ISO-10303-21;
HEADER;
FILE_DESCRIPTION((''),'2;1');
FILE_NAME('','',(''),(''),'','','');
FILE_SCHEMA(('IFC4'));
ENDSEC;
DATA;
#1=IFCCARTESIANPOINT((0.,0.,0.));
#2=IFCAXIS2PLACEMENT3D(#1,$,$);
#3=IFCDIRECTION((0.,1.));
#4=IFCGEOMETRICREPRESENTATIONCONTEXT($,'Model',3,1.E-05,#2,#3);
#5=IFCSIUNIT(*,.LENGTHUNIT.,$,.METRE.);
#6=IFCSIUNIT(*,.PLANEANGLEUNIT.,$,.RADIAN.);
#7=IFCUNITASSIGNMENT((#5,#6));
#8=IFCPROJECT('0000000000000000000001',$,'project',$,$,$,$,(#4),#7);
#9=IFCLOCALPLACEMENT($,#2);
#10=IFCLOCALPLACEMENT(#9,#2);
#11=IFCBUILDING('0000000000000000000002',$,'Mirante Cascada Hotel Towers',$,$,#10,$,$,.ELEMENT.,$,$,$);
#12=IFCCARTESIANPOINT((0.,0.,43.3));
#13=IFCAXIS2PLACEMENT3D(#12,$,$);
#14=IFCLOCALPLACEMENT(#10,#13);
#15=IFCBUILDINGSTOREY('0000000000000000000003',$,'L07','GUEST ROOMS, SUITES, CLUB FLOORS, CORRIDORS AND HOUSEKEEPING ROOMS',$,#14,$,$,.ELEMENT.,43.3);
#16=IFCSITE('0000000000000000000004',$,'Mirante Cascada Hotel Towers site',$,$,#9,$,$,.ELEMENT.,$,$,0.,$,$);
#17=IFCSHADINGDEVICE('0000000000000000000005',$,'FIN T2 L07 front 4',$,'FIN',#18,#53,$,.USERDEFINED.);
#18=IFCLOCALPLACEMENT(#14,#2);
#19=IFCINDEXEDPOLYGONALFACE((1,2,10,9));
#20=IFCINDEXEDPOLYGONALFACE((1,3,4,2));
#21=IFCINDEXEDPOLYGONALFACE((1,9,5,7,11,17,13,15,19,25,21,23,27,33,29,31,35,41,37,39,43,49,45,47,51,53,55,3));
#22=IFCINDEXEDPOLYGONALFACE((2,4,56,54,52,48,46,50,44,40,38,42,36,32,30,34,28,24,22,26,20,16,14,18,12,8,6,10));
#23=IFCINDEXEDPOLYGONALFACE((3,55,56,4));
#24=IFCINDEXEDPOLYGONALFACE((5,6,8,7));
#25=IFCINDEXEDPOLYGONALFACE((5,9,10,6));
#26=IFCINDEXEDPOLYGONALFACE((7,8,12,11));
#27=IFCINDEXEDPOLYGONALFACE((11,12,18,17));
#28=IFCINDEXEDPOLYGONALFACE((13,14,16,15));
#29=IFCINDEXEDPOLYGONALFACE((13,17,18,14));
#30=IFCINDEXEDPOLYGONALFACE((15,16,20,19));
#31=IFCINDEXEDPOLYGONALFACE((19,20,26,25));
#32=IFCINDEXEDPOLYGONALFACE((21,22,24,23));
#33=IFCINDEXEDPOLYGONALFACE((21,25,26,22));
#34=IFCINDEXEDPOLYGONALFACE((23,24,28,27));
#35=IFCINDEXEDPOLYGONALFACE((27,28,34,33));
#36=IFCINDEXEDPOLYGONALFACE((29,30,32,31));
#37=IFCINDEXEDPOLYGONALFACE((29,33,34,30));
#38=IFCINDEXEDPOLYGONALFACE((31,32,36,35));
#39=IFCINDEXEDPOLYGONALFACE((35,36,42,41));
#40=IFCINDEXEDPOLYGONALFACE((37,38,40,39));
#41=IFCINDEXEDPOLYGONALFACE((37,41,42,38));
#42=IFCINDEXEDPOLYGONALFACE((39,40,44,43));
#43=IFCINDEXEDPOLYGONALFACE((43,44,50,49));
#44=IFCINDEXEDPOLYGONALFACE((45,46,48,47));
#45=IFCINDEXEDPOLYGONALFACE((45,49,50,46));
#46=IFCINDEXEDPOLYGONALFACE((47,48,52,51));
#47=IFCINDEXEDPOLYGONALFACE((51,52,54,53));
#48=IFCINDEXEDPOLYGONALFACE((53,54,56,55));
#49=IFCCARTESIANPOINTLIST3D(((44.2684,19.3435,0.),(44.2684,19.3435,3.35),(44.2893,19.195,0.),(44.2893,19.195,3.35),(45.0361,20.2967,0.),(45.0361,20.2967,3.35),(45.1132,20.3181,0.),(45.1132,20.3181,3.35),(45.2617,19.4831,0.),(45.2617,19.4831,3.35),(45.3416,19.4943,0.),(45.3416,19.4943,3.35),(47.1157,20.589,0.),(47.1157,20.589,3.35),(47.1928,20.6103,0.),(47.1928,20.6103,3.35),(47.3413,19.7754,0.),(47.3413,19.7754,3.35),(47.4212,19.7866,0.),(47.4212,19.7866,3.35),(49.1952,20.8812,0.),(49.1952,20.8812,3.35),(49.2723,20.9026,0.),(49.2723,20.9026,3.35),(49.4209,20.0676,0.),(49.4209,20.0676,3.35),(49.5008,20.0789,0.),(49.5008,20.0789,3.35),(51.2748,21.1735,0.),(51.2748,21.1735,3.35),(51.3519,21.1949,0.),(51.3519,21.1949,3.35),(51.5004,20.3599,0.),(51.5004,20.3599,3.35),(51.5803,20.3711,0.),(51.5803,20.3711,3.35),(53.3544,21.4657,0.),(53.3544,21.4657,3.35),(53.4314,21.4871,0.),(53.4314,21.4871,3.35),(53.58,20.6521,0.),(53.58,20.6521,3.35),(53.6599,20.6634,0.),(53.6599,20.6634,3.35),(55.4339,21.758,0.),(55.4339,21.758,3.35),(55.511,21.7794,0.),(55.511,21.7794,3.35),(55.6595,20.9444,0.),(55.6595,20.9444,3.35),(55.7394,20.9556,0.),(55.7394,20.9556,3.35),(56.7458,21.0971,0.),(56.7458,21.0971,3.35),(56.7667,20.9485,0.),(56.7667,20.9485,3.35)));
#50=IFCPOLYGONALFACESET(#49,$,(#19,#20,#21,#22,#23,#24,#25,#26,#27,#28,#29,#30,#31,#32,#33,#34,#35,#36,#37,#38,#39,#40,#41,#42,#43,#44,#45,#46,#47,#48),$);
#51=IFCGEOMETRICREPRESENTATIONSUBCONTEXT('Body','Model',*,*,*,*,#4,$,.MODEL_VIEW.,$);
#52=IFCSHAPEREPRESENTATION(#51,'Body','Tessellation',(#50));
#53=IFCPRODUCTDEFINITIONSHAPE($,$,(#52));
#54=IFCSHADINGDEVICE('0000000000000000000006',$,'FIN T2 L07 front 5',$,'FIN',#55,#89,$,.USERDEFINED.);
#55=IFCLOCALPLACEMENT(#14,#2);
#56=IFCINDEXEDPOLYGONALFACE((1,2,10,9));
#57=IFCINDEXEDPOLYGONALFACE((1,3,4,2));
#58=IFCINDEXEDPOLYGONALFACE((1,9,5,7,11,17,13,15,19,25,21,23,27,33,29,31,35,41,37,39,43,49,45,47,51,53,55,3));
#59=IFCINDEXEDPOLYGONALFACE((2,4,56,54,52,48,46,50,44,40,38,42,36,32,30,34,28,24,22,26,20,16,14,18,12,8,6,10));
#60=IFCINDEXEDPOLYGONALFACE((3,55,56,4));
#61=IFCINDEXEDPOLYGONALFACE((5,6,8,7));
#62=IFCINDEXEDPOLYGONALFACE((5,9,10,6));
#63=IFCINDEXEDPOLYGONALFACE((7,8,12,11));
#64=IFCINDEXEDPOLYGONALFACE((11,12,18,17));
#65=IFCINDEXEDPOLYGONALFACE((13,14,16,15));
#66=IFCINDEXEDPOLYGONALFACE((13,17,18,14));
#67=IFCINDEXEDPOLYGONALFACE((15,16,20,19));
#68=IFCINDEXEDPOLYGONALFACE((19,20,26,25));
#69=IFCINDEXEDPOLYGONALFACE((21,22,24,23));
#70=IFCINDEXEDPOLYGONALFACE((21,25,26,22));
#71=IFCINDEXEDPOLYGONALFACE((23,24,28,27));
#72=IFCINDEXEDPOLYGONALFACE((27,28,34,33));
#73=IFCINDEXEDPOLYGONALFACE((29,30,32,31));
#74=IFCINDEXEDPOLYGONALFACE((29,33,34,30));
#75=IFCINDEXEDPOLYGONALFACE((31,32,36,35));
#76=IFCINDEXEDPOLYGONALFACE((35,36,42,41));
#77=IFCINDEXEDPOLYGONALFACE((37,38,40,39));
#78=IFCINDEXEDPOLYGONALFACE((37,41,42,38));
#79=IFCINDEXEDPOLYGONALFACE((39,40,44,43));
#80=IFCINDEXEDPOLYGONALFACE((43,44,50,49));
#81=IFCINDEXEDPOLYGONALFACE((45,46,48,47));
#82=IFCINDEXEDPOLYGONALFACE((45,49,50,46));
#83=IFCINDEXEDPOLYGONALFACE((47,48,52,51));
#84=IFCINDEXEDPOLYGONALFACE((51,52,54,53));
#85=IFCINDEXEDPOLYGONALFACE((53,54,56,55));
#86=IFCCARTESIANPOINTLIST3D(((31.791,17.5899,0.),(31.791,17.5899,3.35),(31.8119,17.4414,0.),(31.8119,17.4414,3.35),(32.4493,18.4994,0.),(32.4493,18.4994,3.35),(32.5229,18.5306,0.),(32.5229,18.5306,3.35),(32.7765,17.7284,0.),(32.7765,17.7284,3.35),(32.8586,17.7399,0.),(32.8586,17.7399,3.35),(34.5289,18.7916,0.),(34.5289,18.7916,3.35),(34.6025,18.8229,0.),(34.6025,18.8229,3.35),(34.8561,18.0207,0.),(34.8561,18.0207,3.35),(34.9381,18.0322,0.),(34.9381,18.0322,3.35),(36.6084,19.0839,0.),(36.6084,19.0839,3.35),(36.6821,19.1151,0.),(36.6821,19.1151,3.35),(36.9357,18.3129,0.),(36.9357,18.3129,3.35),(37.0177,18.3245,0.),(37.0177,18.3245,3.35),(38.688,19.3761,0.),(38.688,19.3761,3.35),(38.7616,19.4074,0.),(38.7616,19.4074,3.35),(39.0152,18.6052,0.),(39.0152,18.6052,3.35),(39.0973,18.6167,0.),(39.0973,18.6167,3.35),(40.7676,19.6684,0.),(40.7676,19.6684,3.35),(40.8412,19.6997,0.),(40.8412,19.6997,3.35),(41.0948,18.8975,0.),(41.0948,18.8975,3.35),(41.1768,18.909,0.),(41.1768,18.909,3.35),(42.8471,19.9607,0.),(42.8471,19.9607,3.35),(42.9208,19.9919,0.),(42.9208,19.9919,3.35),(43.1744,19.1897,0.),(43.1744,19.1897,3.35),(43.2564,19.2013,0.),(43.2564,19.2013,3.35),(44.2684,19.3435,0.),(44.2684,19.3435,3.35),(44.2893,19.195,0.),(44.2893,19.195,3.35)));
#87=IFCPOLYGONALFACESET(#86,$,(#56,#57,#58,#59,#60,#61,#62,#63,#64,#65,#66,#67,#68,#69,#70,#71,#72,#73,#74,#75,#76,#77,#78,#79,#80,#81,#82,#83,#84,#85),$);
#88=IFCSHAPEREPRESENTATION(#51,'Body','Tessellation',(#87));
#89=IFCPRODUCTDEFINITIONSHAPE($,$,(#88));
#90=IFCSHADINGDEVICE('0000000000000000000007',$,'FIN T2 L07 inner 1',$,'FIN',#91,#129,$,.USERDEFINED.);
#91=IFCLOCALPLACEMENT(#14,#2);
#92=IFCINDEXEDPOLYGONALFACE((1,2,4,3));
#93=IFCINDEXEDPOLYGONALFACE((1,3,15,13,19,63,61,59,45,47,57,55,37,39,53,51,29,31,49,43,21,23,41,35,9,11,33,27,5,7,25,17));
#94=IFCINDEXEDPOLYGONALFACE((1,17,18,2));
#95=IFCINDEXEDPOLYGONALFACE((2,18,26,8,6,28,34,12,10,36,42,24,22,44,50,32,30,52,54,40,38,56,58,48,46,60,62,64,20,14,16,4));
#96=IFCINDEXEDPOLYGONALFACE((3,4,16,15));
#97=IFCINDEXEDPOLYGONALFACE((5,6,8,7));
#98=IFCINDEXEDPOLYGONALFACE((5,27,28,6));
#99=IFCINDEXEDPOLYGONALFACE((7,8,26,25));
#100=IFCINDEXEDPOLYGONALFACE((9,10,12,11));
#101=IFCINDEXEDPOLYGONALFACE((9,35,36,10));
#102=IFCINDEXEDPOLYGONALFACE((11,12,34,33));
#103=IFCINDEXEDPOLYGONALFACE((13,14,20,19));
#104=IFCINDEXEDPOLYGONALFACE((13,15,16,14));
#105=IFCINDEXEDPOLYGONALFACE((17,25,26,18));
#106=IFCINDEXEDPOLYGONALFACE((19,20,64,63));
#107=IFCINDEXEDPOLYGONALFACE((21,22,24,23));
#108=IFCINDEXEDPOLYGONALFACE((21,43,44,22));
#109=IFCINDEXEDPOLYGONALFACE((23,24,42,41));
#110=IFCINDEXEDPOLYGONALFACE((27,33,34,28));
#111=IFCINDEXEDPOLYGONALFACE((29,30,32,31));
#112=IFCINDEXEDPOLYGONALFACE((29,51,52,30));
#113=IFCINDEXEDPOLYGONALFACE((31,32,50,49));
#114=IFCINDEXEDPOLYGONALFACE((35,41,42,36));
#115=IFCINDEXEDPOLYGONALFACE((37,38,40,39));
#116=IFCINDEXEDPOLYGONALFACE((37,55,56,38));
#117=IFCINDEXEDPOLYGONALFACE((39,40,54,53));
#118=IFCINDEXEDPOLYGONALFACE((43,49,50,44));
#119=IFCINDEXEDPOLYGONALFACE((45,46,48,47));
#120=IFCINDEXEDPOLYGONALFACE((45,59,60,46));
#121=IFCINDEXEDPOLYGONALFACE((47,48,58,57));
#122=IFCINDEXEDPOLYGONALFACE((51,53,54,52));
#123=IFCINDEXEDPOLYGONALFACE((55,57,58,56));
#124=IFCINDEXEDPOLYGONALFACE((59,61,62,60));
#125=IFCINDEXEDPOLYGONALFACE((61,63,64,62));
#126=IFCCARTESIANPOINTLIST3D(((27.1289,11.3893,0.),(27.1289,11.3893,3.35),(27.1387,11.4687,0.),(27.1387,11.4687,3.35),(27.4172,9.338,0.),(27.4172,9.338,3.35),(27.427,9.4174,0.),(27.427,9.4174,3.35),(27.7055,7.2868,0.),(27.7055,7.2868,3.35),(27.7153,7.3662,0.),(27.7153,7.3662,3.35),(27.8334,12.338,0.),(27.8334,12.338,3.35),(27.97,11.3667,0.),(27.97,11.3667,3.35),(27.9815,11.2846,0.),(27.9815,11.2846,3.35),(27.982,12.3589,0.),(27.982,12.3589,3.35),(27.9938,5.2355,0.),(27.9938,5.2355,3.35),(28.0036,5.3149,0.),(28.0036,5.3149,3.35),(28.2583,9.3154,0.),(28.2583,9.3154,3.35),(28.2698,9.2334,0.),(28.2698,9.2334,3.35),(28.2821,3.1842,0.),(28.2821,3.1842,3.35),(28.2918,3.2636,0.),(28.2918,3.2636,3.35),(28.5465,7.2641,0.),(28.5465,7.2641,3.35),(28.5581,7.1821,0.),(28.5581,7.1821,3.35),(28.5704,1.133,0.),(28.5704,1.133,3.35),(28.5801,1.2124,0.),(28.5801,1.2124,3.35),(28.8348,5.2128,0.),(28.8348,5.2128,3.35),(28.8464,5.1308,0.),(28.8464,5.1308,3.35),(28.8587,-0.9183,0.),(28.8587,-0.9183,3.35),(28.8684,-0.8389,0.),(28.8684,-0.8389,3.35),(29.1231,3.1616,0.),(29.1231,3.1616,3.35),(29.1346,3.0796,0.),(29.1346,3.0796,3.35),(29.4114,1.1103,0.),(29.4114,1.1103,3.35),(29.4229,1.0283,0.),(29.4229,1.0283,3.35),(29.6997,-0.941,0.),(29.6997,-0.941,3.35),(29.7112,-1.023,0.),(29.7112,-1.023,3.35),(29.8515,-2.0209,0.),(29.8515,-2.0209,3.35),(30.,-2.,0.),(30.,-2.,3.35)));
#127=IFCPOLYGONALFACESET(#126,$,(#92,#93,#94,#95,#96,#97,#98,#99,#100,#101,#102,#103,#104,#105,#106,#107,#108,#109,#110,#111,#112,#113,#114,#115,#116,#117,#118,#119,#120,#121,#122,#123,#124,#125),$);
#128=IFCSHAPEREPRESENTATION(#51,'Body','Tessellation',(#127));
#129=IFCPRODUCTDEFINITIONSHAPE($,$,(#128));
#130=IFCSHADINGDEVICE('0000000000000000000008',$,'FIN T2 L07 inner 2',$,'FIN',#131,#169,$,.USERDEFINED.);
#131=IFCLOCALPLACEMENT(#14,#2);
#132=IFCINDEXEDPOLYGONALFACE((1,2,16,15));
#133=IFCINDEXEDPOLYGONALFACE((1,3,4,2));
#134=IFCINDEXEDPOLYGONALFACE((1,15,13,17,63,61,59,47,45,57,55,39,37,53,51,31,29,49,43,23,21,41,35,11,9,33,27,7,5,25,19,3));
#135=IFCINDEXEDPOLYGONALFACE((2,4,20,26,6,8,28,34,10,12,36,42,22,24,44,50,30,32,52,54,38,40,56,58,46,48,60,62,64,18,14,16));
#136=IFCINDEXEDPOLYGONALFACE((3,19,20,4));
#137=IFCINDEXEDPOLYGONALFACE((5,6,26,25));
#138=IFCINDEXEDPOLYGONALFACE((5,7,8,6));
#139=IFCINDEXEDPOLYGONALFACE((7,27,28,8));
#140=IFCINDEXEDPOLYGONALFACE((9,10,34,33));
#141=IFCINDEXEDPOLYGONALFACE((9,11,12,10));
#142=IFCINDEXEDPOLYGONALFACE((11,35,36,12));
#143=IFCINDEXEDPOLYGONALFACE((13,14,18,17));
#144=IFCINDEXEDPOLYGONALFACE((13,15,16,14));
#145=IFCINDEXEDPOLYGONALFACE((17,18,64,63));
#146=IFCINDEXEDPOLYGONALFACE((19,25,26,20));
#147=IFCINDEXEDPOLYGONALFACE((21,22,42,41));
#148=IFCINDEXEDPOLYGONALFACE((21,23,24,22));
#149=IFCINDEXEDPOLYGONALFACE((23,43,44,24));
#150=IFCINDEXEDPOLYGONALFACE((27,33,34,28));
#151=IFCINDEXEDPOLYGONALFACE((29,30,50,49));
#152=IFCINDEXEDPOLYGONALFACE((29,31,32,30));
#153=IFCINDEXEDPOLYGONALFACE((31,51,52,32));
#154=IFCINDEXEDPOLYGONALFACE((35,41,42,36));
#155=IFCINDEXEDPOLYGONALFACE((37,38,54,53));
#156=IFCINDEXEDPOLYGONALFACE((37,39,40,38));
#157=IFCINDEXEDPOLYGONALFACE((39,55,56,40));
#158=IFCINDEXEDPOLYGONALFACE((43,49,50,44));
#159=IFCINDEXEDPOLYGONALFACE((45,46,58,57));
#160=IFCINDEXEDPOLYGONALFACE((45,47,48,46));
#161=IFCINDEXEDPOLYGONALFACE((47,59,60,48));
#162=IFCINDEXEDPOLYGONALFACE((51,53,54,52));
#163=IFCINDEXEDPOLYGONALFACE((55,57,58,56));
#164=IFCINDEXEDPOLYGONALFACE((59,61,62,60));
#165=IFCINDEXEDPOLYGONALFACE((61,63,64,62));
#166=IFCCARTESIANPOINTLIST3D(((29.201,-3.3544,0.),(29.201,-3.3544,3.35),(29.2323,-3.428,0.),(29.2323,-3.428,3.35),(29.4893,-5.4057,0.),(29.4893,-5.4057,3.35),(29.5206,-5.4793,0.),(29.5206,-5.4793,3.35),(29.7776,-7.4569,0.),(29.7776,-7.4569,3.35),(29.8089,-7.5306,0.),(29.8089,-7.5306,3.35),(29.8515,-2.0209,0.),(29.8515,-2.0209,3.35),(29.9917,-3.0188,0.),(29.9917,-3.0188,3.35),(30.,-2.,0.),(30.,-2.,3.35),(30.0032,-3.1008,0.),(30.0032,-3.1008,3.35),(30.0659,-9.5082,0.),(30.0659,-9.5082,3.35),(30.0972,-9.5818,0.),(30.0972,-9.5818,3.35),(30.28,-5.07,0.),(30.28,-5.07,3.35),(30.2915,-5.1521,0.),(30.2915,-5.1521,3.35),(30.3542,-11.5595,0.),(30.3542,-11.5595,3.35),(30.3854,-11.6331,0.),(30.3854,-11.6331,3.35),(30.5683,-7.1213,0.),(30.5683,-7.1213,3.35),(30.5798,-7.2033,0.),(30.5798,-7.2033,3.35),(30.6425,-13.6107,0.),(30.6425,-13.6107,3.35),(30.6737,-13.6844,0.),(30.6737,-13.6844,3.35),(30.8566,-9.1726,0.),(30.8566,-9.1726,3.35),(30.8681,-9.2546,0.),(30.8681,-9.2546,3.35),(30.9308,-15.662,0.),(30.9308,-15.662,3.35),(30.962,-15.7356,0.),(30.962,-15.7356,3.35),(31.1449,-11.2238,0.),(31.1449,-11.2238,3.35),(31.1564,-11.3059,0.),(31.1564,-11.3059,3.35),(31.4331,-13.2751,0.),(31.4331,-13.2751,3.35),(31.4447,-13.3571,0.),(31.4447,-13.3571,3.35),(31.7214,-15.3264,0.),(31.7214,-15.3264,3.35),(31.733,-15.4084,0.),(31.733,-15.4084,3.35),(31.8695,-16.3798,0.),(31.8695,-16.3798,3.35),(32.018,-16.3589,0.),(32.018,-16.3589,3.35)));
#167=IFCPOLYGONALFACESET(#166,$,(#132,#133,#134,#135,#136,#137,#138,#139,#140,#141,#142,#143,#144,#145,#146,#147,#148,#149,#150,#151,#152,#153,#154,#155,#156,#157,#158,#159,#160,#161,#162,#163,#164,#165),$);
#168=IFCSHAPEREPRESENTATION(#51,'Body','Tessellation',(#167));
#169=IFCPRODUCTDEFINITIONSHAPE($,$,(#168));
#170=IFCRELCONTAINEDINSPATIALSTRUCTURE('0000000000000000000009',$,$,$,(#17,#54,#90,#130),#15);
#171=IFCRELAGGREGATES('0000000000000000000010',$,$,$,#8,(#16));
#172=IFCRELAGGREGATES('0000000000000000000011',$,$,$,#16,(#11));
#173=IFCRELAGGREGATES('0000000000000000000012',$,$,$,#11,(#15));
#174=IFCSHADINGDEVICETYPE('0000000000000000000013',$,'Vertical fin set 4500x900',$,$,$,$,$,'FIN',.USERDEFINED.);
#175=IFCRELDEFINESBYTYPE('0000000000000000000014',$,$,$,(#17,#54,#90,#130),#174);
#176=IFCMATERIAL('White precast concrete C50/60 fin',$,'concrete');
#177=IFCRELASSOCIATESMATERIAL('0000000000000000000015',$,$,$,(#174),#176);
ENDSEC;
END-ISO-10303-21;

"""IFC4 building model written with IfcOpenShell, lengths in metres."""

from ifc_helpers import new_model, si_unit, direction, frame, origin, place, context, subcontext, project, spatial, polyline, outline, extrude, material, type_object, element, save


model = new_model("IFC4")

# Units and contexts
model_context = context("Model", 3, precision=1e-05, world=origin(), true_north=direction((0.0, 1.0)))
body_context = subcontext(model_context, "Body", "Model", "MODEL_VIEW")
ifc_project = project(units=[si_unit("LENGTHUNIT", "METRE"), si_unit("PLANEANGLEUNIT", "RADIAN")], contexts=[model_context])

# Site, building, storey
site_placement = place(None, origin())
site = spatial("IfcSite", under=ifc_project, at=site_placement, Name="Mirante Cascada Hotel Towers site", CompositionType="ELEMENT", RefElevation=0.0)
building_placement = place(site_placement, origin())
building = spatial("IfcBuilding", under=site, at=building_placement, Name="Mirante Cascada Hotel Towers", CompositionType="ELEMENT")
storey_placement = place(building_placement, frame((0.0, 0.0, 43.3)))
storey = spatial("IfcBuildingStorey", under=building, at=storey_placement, Name="L07", Description="GUEST ROOMS, SUITES, CLUB FLOORS, CORRIDORS AND HOUSEKEEPING ROOMS", CompositionType="ELEMENT", Elevation=43.3)

# Shading devices
ifc_material_1 = material(Name="White precast concrete C50/60 fin", Category="concrete")
shading_device_type = type_object("IfcShadingDeviceType", Name="Vertical fin set 4500x900", ElementType="FIN", PredefinedType="USERDEFINED", material=ifc_material_1)
shading_device_1_placement = place(storey_placement, origin())
element("IfcShadingDevice", 1, at=shading_device_1_placement, inside=storey, type_object=shading_device_type, Name="FIN T2 L07 front 4", ObjectType="FIN", PredefinedType="USERDEFINED", context=body_context, shape_type="SweptSolid", body=[
    extrude(outline(polyline([(45.1132, 20.3181), (45.3416, 19.4943), (47.3413, 19.7754), (47.1157, 20.589), (47.1928, 20.6103), (47.4212, 19.7866), (49.4209, 20.0676), (49.1952, 20.8812), (49.2723, 20.9026), (49.5008, 20.0789), (51.5004, 20.3599), (51.2748, 21.1735), (51.3519, 21.1949), (51.5803, 20.3711), (53.58, 20.6521), (53.3544, 21.4657), (53.4314, 21.4871), (53.6599, 20.6634), (55.6595, 20.9444), (55.4339, 21.758), (55.511, 21.7794), (55.7394, 20.9556), (56.7458, 21.0971), (56.7667, 20.9485), (44.2893, 19.195), (44.2684, 19.3435), (45.2617, 19.4831), (45.0361, 20.2967), (45.1132, 20.3181)])), origin(), (0.0, 0.0, 1.0), 3.35),
])
shading_device_2_placement = place(storey_placement, origin())
element("IfcShadingDevice", 2, at=shading_device_2_placement, inside=storey, type_object=shading_device_type, Name="FIN T2 L07 front 5", ObjectType="FIN", PredefinedType="USERDEFINED", context=body_context, shape_type="SweptSolid", body=[
    extrude(outline(polyline([(32.5229, 18.5306), (32.8586, 17.7399), (34.8561, 18.0207), (34.5289, 18.7916), (34.6025, 18.8229), (34.9381, 18.0322), (36.9357, 18.3129), (36.6084, 19.0839), (36.6821, 19.1151), (37.0177, 18.3245), (39.0152, 18.6052), (38.688, 19.3761), (38.7616, 19.4074), (39.0973, 18.6167), (41.0948, 18.8975), (40.7676, 19.6684), (40.8412, 19.6997), (41.1768, 18.909), (43.1744, 19.1897), (42.8471, 19.9607), (42.9208, 19.9919), (43.2564, 19.2013), (44.2684, 19.3435), (44.2893, 19.195), (31.8119, 17.4414), (31.791, 17.5899), (32.7765, 17.7284), (32.4493, 18.4994), (32.5229, 18.5306)])), origin(), (0.0, 0.0, 1.0), 3.35),
])
shading_device_3_placement = place(storey_placement, origin())
element("IfcShadingDevice", 3, at=shading_device_3_placement, inside=storey, type_object=shading_device_type, Name="FIN T2 L07 inner 1", ObjectType="FIN", PredefinedType="USERDEFINED", context=body_context, shape_type="SweptSolid", body=[
    extrude(outline(polyline([(28.8684, -0.8389), (29.6997, -0.941), (29.4229, 1.0283), (28.5704, 1.133), (28.5801, 1.2124), (29.4114, 1.1103), (29.1346, 3.0796), (28.2821, 3.1842), (28.2918, 3.2636), (29.1231, 3.1616), (28.8464, 5.1308), (27.9938, 5.2355), (28.0036, 5.3149), (28.8348, 5.2128), (28.5581, 7.1821), (27.7055, 7.2868), (27.7153, 7.3662), (28.5465, 7.2641), (28.2698, 9.2334), (27.4172, 9.338), (27.427, 9.4174), (28.2583, 9.3154), (27.9815, 11.2846), (27.1289, 11.3893), (27.1387, 11.4687), (27.97, 11.3667), (27.8334, 12.338), (27.982, 12.3589), (30.0, -2.0), (29.8515, -2.0209), (29.7112, -1.023), (28.8587, -0.9183), (28.8684, -0.8389)])), origin(), (0.0, 0.0, 1.0), 3.35),
])
shading_device_4_placement = place(storey_placement, origin())
element("IfcShadingDevice", 4, at=shading_device_4_placement, inside=storey, type_object=shading_device_type, Name="FIN T2 L07 inner 2", ObjectType="FIN", PredefinedType="USERDEFINED", context=body_context, shape_type="SweptSolid", body=[
    extrude(outline(polyline([(30.9308, -15.662), (31.7214, -15.3264), (31.4447, -13.3571), (30.6737, -13.6844), (30.6425, -13.6107), (31.4331, -13.2751), (31.1564, -11.3059), (30.3854, -11.6331), (30.3542, -11.5595), (31.1449, -11.2238), (30.8681, -9.2546), (30.0972, -9.5818), (30.0659, -9.5082), (30.8566, -9.1726), (30.5798, -7.2033), (29.8089, -7.5306), (29.7776, -7.4569), (30.5683, -7.1213), (30.2915, -5.1521), (29.5206, -5.4793), (29.4893, -5.4057), (30.28, -5.07), (30.0032, -3.1008), (29.2323, -3.428), (29.201, -3.3544), (29.9917, -3.0188), (29.8515, -2.0209), (30.0, -2.0), (32.018, -16.3589), (31.8695, -16.3798), (31.733, -15.4084), (30.962, -15.7356), (30.9308, -15.662)])), origin(), (0.0, 0.0, 1.0), 3.35),
])

save(model, "model.ifc")
